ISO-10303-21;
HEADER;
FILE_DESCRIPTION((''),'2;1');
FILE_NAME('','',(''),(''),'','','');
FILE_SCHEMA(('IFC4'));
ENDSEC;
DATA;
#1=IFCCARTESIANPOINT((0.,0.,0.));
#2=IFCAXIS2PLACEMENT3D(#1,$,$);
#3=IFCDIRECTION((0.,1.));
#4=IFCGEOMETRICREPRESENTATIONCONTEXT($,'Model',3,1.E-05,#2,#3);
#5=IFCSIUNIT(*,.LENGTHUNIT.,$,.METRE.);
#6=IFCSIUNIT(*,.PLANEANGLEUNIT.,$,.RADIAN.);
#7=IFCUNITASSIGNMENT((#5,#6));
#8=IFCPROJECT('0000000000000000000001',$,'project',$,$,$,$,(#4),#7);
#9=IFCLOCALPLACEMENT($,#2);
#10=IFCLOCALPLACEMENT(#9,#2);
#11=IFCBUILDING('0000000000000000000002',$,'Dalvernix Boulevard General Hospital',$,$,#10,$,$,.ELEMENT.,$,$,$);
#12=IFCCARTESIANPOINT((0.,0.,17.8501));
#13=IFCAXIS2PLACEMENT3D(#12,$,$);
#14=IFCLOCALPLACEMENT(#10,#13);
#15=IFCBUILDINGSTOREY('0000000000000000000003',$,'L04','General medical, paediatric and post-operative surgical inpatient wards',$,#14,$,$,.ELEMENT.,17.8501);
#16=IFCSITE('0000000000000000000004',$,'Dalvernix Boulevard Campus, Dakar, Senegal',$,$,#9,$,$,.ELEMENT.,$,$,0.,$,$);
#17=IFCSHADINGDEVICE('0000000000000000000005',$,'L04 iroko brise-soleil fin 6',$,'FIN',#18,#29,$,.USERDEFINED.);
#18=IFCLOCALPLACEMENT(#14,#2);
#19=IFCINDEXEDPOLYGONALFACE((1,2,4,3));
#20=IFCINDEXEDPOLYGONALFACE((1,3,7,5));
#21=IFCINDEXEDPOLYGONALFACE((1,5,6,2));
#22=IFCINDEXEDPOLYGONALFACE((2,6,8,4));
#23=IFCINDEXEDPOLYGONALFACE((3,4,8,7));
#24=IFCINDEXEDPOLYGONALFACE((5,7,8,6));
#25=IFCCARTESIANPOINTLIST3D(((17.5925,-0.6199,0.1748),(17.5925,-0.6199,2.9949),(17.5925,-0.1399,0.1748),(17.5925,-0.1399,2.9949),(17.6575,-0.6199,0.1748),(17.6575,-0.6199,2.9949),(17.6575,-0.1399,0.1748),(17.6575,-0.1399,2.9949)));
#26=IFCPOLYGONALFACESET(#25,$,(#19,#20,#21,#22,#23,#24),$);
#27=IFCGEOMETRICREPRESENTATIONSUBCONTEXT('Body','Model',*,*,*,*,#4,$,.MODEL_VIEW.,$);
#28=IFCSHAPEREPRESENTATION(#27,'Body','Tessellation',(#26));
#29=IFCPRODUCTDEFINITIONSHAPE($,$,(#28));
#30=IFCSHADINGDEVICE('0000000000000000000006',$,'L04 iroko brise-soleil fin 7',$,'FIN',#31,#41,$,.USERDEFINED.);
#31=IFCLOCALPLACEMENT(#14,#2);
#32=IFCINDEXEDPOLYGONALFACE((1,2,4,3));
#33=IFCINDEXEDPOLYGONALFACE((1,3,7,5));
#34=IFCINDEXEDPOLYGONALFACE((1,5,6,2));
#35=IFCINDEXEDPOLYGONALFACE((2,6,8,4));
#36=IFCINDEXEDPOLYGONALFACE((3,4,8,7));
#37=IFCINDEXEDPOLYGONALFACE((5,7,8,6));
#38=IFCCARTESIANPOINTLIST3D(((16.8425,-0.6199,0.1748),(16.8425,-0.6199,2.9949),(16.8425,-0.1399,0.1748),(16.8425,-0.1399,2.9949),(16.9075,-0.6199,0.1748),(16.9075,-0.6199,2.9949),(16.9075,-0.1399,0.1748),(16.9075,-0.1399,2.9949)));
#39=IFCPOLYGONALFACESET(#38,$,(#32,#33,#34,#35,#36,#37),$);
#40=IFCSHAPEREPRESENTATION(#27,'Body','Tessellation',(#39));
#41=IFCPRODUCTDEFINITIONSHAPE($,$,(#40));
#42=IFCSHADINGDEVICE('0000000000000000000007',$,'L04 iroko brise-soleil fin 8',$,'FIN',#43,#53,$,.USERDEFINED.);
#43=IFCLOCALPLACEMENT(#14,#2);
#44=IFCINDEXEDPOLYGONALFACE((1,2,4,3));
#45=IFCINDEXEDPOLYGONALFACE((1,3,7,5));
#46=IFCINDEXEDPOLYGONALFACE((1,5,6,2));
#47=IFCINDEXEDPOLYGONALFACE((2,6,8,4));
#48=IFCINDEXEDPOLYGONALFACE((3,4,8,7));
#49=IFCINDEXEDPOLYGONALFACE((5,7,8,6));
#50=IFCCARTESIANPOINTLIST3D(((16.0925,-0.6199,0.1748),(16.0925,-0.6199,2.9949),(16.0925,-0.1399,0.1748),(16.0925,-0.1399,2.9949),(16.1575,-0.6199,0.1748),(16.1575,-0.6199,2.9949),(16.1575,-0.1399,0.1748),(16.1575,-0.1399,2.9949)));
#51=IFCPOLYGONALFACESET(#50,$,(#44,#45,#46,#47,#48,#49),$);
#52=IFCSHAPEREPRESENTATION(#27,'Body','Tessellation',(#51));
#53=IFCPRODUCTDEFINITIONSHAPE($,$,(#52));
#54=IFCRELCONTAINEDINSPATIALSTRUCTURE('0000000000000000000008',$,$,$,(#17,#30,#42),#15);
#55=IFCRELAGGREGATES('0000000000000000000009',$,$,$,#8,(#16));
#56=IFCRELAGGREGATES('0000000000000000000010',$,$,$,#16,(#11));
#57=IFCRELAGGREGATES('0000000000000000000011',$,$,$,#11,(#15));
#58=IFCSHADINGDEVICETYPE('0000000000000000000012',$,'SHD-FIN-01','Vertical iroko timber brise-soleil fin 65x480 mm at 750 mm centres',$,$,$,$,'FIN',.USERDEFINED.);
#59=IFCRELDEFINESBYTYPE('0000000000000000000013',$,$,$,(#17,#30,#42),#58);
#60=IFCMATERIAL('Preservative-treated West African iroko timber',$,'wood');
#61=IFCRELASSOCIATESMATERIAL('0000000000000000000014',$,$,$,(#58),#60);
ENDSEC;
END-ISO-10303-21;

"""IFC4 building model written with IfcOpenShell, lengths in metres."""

from ifc_helpers import new_model, si_unit, direction, frame, origin, origin_2d, place, context, subcontext, project, spatial, rectangle, extrude, material, type_object, element, save


model = new_model("IFC4")

# Units and contexts
model_context = context("Model", 3, precision=1e-05, world=origin(), true_north=direction((0.0, 1.0)))
body_context = subcontext(model_context, "Body", "Model", "MODEL_VIEW")
ifc_project = project(units=[si_unit("LENGTHUNIT", "METRE"), si_unit("PLANEANGLEUNIT", "RADIAN")], contexts=[model_context])

# Site, building, storey
site_placement = place(None, origin())
site = spatial("IfcSite", under=ifc_project, at=site_placement, Name="Dalvernix Boulevard Campus, Dakar, Senegal", CompositionType="ELEMENT", RefElevation=0.0)
building_placement = place(site_placement, origin())
building = spatial("IfcBuilding", under=site, at=building_placement, Name="Dalvernix Boulevard General Hospital", CompositionType="ELEMENT")
storey_placement = place(building_placement, frame((0.0, 0.0, 17.8501)))
storey = spatial("IfcBuildingStorey", under=building, at=storey_placement, Name="L04", Description="General medical, paediatric and post-operative surgical inpatient wards", CompositionType="ELEMENT", Elevation=17.8501)

# Shading devices
ifc_material_1 = material(Name="Preservative-treated West African iroko timber", Category="wood")
shading_device_type = type_object("IfcShadingDeviceType", Name="SHD-FIN-01", Description="Vertical iroko timber brise-soleil fin 65x480 mm at 750 mm centres", ElementType="FIN", PredefinedType="USERDEFINED", material=ifc_material_1)
for number, where, z_axis, x_axis, name in (
    (1, (17.625, -0.3799, 0.1748), (0.0, 0.0, 1.0), (-1.0, 0.0, 0.0), "L04 iroko brise-soleil fin 6"),
    (2, (16.875, -0.3799, 0.1748), (0.0, 0.0, 1.0), (-1.0, 0.0, 0.0), "L04 iroko brise-soleil fin 7"),
    (3, (16.125, -0.3799, 0.1748), (0.0, 0.0, 1.0), (-1.0, 0.0, 0.0), "L04 iroko brise-soleil fin 8"),
):
    element("IfcShadingDevice", number, at=place(storey_placement, frame(where, z_axis=z_axis, x_axis=x_axis)), inside=storey, type_object=shading_device_type, Name=name, ObjectType="FIN", PredefinedType="USERDEFINED", context=body_context, shape_type="SweptSolid", body=[
        extrude(rectangle(XDim=0.0649, YDim=0.48, at=origin_2d()), origin(), (0.0, 0.0, 1.0), 2.8201),
    ])

save(model, "model.ifc")
